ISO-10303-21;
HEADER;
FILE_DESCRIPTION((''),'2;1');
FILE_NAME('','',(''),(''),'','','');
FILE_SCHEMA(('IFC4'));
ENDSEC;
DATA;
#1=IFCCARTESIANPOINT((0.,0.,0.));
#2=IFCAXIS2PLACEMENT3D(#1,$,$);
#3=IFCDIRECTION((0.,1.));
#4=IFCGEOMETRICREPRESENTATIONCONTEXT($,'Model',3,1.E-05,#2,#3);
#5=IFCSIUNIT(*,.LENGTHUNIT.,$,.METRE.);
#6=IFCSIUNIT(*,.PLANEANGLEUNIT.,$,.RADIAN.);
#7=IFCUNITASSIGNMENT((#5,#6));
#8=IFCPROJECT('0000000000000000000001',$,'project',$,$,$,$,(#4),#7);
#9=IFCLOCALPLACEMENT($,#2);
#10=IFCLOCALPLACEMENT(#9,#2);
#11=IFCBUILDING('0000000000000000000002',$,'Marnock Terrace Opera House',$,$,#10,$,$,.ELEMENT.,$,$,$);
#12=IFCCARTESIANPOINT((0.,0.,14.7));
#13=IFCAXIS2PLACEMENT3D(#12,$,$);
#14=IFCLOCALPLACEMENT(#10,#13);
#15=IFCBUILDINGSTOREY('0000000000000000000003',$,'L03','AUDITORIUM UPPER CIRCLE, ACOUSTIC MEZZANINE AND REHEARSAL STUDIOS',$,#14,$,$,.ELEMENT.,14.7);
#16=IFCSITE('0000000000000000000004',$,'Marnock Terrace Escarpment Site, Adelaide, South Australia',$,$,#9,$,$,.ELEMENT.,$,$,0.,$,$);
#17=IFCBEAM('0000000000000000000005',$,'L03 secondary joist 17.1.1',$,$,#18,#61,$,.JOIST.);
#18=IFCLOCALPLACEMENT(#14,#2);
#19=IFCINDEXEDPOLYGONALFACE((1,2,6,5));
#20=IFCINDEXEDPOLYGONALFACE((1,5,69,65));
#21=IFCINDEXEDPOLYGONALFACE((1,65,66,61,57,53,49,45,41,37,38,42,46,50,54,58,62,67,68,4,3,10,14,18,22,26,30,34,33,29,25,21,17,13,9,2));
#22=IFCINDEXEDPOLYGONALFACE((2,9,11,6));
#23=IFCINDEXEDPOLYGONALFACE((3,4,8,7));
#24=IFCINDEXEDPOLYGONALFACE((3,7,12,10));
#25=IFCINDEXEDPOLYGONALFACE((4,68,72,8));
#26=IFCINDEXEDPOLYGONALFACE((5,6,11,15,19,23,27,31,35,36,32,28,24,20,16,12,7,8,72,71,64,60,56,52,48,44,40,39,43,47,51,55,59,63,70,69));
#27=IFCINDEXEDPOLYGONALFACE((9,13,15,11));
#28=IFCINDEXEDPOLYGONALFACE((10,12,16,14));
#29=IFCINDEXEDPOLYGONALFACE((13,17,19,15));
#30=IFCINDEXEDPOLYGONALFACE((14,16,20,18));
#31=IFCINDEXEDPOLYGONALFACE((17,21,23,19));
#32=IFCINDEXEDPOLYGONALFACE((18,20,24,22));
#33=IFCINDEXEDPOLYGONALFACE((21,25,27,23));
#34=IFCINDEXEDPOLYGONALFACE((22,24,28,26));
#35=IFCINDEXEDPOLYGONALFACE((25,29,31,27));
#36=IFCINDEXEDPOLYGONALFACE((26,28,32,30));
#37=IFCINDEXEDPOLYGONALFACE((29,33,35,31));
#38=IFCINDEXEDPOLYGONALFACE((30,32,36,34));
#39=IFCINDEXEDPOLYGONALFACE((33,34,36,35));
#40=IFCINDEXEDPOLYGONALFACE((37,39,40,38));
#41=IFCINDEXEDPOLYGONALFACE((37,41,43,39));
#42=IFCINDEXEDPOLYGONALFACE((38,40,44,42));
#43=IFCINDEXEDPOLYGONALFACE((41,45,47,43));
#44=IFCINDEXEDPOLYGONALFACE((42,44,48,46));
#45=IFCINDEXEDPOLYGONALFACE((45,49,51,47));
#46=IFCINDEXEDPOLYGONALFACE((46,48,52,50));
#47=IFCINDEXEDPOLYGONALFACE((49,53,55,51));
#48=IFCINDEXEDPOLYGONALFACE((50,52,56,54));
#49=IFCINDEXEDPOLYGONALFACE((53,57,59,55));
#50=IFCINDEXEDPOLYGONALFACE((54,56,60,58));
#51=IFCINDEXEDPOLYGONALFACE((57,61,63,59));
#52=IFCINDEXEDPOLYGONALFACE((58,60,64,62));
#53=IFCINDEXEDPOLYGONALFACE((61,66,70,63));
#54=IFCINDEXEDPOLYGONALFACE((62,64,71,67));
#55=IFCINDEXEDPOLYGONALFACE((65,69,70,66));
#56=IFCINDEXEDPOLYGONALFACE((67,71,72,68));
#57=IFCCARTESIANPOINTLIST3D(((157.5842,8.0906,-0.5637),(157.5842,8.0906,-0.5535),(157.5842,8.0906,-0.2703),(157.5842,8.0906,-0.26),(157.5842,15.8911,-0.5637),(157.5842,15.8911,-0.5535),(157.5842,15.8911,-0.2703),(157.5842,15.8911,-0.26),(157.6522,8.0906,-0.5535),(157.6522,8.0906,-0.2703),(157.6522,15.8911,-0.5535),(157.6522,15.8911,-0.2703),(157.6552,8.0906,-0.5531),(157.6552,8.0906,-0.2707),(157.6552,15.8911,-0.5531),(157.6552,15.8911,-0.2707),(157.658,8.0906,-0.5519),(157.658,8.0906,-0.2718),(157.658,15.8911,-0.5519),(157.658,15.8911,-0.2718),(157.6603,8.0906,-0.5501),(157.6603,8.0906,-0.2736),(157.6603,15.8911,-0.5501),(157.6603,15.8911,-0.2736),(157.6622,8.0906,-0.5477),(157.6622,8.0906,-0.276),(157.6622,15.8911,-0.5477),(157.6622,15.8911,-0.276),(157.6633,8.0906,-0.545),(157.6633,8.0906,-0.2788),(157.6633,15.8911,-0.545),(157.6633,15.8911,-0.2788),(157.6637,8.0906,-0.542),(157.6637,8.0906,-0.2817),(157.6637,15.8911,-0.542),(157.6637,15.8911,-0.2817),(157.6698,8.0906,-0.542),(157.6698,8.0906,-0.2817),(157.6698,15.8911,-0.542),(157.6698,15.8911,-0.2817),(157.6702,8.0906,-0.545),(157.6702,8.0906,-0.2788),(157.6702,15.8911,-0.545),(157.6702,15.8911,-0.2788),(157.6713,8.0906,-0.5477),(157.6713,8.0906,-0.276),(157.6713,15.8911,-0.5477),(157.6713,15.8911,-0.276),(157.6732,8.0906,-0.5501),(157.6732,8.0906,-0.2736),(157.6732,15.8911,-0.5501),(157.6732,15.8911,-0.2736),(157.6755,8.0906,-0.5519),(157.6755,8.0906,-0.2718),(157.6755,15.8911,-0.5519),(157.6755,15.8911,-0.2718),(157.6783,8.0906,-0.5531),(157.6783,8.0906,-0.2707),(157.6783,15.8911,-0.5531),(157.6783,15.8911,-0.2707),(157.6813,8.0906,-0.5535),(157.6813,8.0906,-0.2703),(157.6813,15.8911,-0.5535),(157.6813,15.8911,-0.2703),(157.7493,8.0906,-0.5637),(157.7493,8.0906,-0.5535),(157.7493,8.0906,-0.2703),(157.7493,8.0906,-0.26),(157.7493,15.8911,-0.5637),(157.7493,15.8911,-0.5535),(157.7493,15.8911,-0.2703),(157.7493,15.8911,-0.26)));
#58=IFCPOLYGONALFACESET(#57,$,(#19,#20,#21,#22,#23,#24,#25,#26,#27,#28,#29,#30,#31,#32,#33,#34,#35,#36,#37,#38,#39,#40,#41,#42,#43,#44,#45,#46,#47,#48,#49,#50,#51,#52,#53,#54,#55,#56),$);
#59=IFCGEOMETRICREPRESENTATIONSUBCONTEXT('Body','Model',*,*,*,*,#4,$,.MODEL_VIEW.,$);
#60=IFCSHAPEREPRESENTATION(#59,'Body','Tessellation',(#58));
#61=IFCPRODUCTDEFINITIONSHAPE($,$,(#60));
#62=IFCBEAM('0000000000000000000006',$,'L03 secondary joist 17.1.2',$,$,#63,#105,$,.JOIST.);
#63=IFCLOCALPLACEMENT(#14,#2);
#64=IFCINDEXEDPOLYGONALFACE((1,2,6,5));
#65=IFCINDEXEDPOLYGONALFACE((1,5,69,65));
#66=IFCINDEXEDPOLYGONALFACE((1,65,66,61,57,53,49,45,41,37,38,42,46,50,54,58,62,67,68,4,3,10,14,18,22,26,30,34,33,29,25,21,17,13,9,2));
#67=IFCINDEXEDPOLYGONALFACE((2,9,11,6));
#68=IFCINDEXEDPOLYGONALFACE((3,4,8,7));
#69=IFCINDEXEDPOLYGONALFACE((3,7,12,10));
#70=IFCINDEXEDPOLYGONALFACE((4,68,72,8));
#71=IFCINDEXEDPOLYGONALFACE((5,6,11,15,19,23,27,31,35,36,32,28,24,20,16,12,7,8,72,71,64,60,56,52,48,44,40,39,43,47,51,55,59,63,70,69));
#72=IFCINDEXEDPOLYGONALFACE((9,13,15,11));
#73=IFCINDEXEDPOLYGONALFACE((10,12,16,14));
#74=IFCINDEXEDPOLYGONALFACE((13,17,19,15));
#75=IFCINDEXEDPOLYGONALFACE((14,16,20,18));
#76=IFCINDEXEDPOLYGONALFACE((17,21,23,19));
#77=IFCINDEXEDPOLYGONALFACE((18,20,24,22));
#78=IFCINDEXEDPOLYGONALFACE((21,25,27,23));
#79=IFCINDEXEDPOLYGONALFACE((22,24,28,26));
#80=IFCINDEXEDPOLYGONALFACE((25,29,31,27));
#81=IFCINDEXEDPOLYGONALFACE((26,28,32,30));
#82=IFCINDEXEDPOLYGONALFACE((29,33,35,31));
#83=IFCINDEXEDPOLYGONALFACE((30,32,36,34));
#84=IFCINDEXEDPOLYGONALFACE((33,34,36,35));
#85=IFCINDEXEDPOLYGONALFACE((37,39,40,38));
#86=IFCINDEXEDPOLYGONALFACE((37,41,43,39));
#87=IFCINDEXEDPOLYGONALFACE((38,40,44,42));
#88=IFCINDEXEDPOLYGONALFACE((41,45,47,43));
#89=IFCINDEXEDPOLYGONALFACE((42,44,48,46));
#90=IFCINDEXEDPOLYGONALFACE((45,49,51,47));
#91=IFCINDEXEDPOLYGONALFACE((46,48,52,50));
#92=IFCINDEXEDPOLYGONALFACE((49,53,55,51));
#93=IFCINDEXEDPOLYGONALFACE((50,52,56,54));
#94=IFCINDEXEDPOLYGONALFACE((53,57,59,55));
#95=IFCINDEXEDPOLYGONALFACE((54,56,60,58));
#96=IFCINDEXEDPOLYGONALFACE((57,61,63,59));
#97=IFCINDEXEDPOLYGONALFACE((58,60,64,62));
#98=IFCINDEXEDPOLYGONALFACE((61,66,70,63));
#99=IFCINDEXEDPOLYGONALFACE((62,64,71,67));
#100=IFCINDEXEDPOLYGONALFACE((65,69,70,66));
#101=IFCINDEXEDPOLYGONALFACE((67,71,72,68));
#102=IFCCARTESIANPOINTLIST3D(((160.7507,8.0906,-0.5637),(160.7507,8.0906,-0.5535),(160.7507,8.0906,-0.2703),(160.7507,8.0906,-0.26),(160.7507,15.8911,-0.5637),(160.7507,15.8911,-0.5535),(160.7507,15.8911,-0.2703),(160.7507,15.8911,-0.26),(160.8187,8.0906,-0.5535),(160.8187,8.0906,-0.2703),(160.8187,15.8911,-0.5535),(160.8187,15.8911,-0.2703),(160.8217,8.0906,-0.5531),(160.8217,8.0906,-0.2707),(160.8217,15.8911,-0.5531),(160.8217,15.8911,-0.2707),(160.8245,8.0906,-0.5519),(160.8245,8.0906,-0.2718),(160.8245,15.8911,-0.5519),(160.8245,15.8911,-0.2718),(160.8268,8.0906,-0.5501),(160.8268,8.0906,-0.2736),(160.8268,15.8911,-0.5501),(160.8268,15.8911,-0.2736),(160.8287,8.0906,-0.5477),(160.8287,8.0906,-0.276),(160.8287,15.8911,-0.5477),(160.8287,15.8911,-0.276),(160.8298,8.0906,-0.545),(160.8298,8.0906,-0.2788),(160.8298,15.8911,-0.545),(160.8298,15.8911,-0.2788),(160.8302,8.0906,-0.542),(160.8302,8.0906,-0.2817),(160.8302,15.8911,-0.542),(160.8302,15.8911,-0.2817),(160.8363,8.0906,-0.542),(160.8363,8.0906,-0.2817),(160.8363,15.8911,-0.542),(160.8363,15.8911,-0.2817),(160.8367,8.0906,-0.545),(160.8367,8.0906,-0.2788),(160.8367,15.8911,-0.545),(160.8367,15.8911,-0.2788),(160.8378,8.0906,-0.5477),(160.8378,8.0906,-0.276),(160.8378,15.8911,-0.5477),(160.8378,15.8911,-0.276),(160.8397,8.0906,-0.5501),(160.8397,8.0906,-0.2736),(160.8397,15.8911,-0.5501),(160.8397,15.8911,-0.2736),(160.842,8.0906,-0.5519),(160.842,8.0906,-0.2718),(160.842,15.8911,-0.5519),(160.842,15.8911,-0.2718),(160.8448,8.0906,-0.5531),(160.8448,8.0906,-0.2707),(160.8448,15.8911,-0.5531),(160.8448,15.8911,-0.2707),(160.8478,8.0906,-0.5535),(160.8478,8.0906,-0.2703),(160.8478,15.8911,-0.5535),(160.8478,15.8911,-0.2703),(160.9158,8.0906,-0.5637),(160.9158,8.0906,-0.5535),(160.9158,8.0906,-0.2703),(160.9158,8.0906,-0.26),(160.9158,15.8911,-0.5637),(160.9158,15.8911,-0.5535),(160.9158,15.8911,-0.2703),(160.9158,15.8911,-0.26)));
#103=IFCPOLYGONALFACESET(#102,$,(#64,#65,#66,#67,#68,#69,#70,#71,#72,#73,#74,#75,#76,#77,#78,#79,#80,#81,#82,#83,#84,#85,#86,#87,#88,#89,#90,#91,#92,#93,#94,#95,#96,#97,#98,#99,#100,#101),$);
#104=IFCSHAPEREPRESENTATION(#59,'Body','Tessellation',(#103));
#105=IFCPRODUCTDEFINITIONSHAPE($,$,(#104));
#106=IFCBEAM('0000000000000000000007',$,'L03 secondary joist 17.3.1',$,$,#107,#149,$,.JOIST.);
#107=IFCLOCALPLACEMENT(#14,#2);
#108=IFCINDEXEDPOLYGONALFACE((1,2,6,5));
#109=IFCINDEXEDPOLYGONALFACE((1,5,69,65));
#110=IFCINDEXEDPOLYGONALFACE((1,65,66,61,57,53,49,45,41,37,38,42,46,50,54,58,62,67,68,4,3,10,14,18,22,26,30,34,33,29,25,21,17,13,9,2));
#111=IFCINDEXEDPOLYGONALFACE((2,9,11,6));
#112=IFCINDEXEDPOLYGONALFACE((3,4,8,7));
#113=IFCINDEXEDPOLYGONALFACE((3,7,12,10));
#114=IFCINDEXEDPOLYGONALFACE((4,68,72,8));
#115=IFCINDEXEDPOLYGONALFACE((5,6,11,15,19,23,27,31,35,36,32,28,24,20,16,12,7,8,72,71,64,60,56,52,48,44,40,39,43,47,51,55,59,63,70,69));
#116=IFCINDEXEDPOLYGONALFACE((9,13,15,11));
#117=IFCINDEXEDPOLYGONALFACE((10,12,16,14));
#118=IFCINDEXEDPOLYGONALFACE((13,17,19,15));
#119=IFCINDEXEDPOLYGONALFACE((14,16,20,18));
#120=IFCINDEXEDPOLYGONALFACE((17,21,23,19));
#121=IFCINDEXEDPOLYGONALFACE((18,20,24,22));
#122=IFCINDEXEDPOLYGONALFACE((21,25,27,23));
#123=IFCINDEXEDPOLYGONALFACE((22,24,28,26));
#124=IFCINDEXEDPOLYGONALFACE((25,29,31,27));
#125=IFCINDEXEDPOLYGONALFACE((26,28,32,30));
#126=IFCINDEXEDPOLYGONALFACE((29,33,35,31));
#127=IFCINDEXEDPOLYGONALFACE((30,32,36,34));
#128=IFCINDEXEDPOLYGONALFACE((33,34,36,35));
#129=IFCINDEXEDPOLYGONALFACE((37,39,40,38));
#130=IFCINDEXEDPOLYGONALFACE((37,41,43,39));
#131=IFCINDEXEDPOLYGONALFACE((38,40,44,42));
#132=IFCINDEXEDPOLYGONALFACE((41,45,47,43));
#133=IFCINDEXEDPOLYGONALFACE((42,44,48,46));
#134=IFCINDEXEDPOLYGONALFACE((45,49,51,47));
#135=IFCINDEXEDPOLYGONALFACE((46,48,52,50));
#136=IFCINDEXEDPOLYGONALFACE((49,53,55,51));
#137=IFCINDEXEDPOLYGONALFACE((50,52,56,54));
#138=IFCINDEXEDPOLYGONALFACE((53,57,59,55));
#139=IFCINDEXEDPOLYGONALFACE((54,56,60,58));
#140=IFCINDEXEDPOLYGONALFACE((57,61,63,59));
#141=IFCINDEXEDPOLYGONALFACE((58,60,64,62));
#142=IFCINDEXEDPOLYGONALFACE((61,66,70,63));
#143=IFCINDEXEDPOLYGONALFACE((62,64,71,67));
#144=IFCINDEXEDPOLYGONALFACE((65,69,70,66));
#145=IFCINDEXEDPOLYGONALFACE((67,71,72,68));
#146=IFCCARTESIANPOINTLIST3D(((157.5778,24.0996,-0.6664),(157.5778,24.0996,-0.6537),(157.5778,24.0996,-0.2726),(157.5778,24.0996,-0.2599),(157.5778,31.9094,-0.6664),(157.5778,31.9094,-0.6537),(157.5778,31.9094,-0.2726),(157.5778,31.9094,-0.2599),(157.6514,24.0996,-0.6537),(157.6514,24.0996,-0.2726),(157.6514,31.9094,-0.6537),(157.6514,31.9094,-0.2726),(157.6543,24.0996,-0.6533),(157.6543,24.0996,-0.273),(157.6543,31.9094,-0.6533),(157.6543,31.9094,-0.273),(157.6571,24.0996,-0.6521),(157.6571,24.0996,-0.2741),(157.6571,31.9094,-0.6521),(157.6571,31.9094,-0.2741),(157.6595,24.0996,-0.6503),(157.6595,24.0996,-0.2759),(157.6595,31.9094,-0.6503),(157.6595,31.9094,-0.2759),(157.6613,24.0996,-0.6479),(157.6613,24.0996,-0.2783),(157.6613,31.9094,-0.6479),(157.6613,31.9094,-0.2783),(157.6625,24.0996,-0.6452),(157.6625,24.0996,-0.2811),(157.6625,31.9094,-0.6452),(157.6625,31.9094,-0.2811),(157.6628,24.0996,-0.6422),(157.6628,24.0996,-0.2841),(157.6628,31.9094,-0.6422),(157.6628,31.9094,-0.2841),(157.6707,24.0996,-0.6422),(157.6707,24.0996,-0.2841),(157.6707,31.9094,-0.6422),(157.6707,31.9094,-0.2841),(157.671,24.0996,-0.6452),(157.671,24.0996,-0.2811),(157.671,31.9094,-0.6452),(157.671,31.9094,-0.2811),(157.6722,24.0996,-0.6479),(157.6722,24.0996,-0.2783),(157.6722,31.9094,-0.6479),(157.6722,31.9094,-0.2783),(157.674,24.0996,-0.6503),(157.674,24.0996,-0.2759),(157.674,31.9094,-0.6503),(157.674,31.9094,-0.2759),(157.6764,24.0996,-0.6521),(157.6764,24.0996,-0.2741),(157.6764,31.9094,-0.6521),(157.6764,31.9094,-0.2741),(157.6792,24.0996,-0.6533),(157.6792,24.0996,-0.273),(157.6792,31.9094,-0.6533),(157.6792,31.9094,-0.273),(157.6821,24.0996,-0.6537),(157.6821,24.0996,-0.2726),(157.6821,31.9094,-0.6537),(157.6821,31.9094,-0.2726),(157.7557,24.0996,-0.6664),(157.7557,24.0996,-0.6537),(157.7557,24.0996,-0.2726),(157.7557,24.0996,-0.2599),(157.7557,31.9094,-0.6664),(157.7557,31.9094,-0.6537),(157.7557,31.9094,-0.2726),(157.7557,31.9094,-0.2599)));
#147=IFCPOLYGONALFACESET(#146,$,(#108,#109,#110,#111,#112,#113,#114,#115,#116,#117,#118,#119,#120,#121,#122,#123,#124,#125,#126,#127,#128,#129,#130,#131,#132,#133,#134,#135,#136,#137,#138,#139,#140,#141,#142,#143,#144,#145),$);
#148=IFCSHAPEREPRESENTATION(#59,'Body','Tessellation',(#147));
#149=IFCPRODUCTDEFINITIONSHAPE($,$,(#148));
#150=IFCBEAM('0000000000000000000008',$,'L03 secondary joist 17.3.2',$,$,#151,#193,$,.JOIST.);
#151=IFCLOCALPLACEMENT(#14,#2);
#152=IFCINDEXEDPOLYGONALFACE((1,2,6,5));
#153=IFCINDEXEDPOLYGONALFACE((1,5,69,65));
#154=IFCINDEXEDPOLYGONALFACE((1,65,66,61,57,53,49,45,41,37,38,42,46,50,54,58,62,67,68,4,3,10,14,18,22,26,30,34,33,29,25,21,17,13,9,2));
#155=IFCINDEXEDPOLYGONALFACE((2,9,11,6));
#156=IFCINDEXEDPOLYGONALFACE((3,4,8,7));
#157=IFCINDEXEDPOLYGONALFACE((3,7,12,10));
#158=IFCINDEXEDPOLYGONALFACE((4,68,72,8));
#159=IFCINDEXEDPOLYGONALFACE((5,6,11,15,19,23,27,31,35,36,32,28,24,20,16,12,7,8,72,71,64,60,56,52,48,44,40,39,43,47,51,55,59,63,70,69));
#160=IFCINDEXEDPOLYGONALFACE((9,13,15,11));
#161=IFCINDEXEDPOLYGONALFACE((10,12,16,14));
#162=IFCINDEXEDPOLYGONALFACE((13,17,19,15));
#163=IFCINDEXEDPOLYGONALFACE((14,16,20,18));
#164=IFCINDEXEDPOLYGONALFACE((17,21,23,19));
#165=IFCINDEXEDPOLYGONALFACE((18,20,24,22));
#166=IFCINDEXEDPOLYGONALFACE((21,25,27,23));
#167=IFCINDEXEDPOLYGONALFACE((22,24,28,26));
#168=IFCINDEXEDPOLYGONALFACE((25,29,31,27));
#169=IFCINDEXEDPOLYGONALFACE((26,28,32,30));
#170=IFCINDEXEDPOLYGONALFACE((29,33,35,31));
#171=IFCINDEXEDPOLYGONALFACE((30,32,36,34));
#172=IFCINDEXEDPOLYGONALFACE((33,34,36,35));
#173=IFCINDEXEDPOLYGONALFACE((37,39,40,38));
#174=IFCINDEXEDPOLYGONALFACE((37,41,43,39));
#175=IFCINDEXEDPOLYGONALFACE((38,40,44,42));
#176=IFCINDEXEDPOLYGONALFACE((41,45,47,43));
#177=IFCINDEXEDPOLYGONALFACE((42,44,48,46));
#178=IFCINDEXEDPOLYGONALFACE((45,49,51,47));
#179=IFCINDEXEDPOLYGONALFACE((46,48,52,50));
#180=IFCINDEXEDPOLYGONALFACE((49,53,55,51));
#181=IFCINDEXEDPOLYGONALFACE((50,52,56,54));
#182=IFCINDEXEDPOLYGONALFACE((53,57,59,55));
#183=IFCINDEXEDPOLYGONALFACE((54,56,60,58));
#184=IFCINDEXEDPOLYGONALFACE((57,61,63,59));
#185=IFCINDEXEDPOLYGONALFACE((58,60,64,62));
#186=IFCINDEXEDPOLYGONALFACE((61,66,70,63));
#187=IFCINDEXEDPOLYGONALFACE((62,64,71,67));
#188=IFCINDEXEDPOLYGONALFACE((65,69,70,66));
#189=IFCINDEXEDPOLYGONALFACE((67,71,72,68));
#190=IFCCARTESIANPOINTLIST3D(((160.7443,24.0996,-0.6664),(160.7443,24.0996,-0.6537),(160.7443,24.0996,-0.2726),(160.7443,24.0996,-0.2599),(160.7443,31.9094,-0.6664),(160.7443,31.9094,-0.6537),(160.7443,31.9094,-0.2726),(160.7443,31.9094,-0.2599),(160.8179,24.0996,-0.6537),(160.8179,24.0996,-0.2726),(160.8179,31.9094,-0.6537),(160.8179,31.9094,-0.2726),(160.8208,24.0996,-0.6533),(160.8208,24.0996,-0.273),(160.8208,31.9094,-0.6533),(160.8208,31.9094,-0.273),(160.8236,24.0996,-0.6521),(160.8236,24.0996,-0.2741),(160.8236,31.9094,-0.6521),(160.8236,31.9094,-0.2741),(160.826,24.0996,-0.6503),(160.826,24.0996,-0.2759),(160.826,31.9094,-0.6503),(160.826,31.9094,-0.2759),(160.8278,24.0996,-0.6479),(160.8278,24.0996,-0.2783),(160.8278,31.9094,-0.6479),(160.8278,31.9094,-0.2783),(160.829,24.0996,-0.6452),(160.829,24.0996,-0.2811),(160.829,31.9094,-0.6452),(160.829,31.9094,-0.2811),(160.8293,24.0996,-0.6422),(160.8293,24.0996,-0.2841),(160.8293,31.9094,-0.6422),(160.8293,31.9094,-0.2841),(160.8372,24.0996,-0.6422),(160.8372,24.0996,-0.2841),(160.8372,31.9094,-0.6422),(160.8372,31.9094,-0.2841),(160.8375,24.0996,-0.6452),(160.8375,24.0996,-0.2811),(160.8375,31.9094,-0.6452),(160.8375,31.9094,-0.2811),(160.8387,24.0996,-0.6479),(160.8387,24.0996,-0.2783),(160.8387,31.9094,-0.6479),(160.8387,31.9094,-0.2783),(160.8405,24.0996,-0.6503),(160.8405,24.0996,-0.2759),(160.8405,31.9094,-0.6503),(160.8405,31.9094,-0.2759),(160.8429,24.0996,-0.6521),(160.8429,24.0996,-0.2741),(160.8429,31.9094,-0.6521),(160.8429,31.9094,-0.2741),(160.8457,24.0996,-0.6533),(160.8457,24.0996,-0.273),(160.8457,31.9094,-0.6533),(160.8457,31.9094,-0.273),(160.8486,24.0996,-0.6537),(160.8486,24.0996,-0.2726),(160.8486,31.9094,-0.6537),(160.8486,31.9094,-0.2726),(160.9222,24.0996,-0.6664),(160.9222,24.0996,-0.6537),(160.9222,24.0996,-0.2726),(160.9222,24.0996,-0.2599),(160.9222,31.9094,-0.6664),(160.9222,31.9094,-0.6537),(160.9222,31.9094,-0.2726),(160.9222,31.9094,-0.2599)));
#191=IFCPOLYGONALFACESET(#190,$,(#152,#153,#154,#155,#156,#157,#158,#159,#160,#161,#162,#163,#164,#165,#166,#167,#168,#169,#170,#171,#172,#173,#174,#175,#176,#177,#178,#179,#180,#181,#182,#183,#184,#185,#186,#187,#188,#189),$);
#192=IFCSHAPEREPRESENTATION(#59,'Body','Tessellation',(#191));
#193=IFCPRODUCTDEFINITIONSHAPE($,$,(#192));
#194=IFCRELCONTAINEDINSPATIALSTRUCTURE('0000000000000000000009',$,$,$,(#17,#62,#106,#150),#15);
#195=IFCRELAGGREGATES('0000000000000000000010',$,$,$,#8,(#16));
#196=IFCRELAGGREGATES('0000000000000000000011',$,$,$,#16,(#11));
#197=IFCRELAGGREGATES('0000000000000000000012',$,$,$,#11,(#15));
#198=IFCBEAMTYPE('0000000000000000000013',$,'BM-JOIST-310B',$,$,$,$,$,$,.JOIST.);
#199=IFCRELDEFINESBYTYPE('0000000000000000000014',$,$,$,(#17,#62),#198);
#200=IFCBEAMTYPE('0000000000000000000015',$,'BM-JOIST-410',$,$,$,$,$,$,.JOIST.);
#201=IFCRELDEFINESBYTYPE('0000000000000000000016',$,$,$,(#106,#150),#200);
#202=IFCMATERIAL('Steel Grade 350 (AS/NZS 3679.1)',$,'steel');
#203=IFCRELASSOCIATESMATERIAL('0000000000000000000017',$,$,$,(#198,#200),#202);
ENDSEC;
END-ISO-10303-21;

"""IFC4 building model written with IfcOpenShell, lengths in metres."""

from ifc_helpers import new_model, si_unit, direction, frame, origin, origin_2d, place, context, subcontext, project, spatial, i_section, extrude, material, material_profile, profile_set, type_object, element, save


model = new_model("IFC4")

# Units and contexts
model_context = context("Model", 3, precision=1e-05, world=origin(), true_north=direction((0.0, 1.0)))
body_context = subcontext(model_context, "Body", "Model", "MODEL_VIEW")
ifc_project = project(units=[si_unit("LENGTHUNIT", "METRE"), si_unit("PLANEANGLEUNIT", "RADIAN")], contexts=[model_context])

# Site, building, storey
site_placement = place(None, origin())
site = spatial("IfcSite", under=ifc_project, at=site_placement, Name="Marnock Terrace Escarpment Site, Adelaide, South Australia", CompositionType="ELEMENT", RefElevation=0.0)
building_placement = place(site_placement, origin())
building = spatial("IfcBuilding", under=site, at=building_placement, Name="Marnock Terrace Opera House", CompositionType="ELEMENT")
storey_placement = place(building_placement, frame((0.0, 0.0, 14.7)))
storey = spatial("IfcBuildingStorey", under=building, at=storey_placement, Name="L03", Description="AUDITORIUM UPPER CIRCLE, ACOUSTIC MEZZANINE AND REHEARSAL STUDIOS", CompositionType="ELEMENT", Elevation=14.7)

# Beams
ifc_material_1 = material(Name="Steel Grade 350 (AS/NZS 3679.1)", Category="steel")
ifc_material_profile_1 = material_profile(ifc_material_1, i_section(OverallWidth=0.165, OverallDepth=0.3037, WebThickness=0.0061, FlangeThickness=0.0103, FilletRadius=0.0115, at=origin_2d()))
ifc_profile_set_1 = profile_set([ifc_material_profile_1], Name="Steel Grade 350 (AS/NZS 3679.1)")
beam_type_1 = type_object("IfcBeamType", Name="BM-JOIST-310B", PredefinedType="JOIST", material=ifc_profile_set_1)
for number, where, z_axis, x_axis, name in (
    (1, (157.6667, 8.0906, -0.4119), (0.0, 1.0, 0.0), (-1.0, 0.0, 0.0), "L03 secondary joist 17.1.1"),
    (2, (160.8333, 8.0906, -0.4119), (0.0, 1.0, 0.0), (-1.0, 0.0, 0.0), "L03 secondary joist 17.1.2"),
):
    element("IfcBeam", number, at=place(storey_placement, frame(where, z_axis=z_axis, x_axis=x_axis)), inside=storey, type_object=beam_type_1, Name=name, PredefinedType="JOIST", context=body_context, shape_type="SweptSolid", body=[
        extrude(i_section(OverallWidth=0.165, OverallDepth=0.3037, WebThickness=0.0061, FlangeThickness=0.0103, FilletRadius=0.0115, at=origin_2d()), origin(), (0.0, 0.0, 1.0), 7.8005),
    ])
ifc_material_profile_2 = material_profile(ifc_material_1, i_section(OverallWidth=0.178, OverallDepth=0.4065, WebThickness=0.0078, FlangeThickness=0.0127, FilletRadius=0.0115, at=origin_2d()))
ifc_profile_set_2 = profile_set([ifc_material_profile_2], Name="Steel Grade 350 (AS/NZS 3679.1)")
beam_type_2 = type_object("IfcBeamType", Name="BM-JOIST-410", PredefinedType="JOIST", material=ifc_profile_set_2)
for number, where, z_axis, x_axis, name in (
    (3, (157.6667, 24.0996, -0.4631), (0.0, 1.0, 0.0), (-1.0, 0.0, 0.0), "L03 secondary joist 17.3.1"),
    (4, (160.8333, 24.0996, -0.4631), (0.0, 1.0, 0.0), (-1.0, 0.0, 0.0), "L03 secondary joist 17.3.2"),
):
    element("IfcBeam", number, at=place(storey_placement, frame(where, z_axis=z_axis, x_axis=x_axis)), inside=storey, type_object=beam_type_2, Name=name, PredefinedType="JOIST", context=body_context, shape_type="SweptSolid", body=[
        extrude(i_section(OverallWidth=0.178, OverallDepth=0.4065, WebThickness=0.0078, FlangeThickness=0.0127, FilletRadius=0.0115, at=origin_2d()), origin(), (0.0, 0.0, 1.0), 7.8098),
    ])

save(model, "model.ifc")
